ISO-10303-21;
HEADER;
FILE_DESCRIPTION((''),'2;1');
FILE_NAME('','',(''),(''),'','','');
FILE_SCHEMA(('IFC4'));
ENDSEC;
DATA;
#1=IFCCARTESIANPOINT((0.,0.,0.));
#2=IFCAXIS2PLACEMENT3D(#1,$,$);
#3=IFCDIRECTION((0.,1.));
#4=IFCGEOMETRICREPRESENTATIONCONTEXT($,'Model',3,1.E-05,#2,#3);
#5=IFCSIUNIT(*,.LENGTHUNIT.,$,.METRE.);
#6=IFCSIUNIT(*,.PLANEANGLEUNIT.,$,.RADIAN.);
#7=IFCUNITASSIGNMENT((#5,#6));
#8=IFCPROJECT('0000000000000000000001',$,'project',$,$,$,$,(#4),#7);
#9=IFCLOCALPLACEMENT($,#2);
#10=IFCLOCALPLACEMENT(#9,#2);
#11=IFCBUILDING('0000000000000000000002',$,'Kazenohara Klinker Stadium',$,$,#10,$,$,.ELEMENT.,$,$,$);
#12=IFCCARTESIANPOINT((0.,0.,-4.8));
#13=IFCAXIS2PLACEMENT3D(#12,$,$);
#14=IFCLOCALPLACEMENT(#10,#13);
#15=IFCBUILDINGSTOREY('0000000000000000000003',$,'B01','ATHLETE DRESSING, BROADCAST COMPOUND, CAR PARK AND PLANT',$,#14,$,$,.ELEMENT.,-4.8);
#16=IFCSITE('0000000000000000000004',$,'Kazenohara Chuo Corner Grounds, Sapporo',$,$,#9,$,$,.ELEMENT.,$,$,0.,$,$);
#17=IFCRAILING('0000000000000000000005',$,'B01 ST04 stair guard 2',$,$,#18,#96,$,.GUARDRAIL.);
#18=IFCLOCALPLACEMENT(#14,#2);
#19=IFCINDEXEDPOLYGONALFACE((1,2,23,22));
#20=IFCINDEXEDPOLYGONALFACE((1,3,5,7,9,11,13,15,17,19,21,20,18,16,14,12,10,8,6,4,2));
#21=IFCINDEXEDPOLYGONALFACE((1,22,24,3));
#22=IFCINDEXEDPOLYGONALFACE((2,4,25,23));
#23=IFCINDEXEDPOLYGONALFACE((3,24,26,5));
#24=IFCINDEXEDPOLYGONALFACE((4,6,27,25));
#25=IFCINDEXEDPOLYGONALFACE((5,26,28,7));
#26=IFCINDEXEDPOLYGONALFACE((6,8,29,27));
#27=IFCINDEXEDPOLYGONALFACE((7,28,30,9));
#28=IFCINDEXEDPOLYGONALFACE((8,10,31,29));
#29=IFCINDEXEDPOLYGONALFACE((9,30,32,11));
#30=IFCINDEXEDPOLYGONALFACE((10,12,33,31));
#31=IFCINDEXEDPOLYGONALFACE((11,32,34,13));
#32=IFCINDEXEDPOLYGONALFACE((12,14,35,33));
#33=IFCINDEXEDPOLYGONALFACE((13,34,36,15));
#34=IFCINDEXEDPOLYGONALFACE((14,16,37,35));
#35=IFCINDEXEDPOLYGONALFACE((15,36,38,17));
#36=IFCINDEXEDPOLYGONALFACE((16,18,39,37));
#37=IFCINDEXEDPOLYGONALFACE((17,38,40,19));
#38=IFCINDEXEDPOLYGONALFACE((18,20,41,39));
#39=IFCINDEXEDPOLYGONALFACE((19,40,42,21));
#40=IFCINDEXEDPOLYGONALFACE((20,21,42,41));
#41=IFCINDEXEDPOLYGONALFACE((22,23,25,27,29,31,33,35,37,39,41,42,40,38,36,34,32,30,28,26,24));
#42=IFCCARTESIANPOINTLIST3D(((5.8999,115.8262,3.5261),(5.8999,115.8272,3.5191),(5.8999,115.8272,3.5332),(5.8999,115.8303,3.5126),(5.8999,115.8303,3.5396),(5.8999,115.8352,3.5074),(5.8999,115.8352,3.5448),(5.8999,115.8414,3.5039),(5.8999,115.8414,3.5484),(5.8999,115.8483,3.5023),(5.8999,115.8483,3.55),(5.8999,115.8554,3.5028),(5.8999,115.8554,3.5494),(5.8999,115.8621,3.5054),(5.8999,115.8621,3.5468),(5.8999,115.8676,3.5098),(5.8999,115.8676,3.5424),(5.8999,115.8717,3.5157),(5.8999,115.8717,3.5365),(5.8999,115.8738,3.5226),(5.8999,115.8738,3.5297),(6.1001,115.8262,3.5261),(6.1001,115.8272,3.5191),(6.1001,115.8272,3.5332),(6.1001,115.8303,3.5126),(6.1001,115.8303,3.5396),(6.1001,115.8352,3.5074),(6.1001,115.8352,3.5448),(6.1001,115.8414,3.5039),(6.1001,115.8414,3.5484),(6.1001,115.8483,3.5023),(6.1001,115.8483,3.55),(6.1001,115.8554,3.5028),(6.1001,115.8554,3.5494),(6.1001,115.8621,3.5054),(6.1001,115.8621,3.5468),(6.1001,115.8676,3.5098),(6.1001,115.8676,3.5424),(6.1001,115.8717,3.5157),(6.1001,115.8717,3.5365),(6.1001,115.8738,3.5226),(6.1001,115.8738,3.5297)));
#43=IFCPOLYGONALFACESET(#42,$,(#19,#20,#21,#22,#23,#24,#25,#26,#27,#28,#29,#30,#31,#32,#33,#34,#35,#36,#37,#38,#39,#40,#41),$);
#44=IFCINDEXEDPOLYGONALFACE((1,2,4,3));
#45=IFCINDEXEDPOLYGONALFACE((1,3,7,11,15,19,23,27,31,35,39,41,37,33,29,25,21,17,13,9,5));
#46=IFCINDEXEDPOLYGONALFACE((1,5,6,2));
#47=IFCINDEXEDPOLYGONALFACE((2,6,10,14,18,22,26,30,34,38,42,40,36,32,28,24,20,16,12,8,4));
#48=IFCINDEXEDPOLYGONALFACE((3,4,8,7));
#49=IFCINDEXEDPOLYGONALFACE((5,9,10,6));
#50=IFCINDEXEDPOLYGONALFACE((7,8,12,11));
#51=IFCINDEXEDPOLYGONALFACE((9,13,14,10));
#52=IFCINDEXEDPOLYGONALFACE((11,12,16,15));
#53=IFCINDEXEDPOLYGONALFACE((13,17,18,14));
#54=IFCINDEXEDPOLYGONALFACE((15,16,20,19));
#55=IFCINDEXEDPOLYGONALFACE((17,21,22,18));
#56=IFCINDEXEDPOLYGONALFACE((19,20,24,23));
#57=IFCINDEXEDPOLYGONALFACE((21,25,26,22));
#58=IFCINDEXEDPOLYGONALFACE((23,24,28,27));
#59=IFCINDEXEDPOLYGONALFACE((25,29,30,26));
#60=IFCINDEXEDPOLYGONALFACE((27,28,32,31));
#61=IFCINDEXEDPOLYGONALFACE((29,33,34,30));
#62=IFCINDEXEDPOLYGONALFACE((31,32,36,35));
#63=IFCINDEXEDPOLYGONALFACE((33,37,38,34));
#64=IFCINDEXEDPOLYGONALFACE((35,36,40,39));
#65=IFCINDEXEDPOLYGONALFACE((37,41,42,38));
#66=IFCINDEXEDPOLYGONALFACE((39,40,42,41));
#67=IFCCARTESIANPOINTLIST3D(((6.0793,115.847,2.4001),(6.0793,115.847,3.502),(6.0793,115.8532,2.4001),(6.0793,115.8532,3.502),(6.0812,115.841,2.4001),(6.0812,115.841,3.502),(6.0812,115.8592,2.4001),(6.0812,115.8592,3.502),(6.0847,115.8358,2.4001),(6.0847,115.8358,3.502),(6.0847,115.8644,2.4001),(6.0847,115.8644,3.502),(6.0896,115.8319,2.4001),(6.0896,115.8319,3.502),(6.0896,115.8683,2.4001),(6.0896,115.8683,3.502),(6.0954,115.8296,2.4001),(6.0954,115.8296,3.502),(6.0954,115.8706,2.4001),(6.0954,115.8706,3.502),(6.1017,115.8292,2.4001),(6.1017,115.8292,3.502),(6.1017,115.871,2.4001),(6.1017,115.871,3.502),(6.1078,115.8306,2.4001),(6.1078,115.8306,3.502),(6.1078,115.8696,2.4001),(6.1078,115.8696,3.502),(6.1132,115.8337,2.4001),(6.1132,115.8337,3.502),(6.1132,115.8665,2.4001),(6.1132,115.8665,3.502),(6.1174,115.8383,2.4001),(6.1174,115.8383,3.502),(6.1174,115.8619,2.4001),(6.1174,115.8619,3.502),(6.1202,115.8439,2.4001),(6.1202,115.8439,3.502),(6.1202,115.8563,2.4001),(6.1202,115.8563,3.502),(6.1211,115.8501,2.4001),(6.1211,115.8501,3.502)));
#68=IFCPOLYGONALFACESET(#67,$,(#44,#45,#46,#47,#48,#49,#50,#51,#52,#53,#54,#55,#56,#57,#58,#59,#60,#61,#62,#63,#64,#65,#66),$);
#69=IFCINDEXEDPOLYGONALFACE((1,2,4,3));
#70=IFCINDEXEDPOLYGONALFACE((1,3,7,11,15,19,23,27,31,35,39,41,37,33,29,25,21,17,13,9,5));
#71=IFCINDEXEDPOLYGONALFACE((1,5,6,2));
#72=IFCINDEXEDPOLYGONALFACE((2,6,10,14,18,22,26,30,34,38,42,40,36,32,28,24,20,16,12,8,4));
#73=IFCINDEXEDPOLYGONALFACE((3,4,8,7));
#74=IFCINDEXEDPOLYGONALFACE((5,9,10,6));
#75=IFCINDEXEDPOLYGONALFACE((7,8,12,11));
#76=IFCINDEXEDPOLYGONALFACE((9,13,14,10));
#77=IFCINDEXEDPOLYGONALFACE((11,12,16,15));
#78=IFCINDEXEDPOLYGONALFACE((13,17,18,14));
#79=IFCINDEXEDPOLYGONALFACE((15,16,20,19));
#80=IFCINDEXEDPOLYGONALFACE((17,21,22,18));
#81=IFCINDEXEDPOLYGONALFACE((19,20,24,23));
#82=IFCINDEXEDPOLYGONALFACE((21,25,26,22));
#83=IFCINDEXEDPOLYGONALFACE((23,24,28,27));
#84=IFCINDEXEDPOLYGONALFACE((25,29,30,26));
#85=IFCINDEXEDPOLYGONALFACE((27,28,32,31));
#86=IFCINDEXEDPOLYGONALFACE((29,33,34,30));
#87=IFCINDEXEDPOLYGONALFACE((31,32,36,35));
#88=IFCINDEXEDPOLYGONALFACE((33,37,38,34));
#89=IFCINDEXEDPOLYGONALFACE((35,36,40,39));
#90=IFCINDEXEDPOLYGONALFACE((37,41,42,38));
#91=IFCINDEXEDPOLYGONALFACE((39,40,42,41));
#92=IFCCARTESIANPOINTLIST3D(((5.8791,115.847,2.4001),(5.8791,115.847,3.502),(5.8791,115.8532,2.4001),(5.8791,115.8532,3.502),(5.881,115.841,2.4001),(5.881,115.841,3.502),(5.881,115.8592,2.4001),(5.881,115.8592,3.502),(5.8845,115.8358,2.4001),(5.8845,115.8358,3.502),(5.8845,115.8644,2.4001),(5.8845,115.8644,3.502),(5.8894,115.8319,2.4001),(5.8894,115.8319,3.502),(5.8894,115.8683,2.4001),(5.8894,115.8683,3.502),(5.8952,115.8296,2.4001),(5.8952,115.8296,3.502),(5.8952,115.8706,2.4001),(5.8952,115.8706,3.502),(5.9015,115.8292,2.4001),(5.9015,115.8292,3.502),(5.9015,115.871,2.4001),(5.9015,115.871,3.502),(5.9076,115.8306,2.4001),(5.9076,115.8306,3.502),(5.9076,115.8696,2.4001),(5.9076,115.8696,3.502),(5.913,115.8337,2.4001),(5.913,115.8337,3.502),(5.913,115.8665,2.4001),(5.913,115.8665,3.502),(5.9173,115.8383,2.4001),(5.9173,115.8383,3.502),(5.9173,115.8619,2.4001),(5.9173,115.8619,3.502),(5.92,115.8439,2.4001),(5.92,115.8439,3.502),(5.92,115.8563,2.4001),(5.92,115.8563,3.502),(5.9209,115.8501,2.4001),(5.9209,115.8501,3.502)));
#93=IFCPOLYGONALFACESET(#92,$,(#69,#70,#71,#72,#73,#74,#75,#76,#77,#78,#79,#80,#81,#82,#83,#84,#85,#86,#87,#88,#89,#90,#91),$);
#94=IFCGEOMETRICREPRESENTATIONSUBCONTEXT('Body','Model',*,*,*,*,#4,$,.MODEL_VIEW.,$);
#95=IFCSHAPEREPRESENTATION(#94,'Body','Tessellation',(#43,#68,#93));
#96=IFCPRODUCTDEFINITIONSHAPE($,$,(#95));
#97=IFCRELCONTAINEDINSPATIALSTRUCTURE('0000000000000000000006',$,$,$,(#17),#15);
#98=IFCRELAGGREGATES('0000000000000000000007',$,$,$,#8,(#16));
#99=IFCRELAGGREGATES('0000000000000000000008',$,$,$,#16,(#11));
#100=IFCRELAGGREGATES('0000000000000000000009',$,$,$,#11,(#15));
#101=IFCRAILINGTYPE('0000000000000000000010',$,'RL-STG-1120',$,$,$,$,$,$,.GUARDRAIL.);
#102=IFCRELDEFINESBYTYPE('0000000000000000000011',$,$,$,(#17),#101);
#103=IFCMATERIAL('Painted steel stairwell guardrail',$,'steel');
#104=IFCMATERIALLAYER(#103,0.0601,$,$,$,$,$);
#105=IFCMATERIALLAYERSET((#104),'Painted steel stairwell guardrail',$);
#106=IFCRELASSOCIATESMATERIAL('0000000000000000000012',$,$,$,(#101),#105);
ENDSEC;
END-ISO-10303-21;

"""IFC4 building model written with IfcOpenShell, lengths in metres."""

from ifc_helpers import new_model, si_unit, direction, frame, origin, origin_2d, place, context, subcontext, project, spatial, circle, extrude, material, layer, layer_set, type_object, element, save


model = new_model("IFC4")

# Units and contexts
model_context = context("Model", 3, precision=1e-05, world=origin(), true_north=direction((0.0, 1.0)))
body_context = subcontext(model_context, "Body", "Model", "MODEL_VIEW")
ifc_project = project(units=[si_unit("LENGTHUNIT", "METRE"), si_unit("PLANEANGLEUNIT", "RADIAN")], contexts=[model_context])

# Site, building, storey
site_placement = place(None, origin())
site = spatial("IfcSite", under=ifc_project, at=site_placement, Name="Kazenohara Chuo Corner Grounds, Sapporo", CompositionType="ELEMENT", RefElevation=0.0)
building_placement = place(site_placement, origin())
building = spatial("IfcBuilding", under=site, at=building_placement, Name="Kazenohara Klinker Stadium", CompositionType="ELEMENT")
storey_placement = place(building_placement, frame((0.0, 0.0, -4.8)))
storey = spatial("IfcBuildingStorey", under=building, at=storey_placement, Name="B01", Description="ATHLETE DRESSING, BROADCAST COMPOUND, CAR PARK AND PLANT", CompositionType="ELEMENT", Elevation=-4.8)

# Railing
ifc_material_1 = material(Name="Painted steel stairwell guardrail", Category="steel")
ifc_layer_1 = layer(ifc_material_1, 0.0601)
ifc_layer_set_1 = layer_set([ifc_layer_1], Name="Painted steel stairwell guardrail")
railing_type_1 = type_object("IfcRailingType", Name="RL-STG-1120", PredefinedType="GUARDRAIL", material=ifc_layer_set_1)
railing_1_placement = place(storey_placement, frame((6.1001, 115.8501, 2.4001)))
element("IfcRailing", 1, at=railing_1_placement, inside=storey, type_object=railing_type_1, Name="B01 ST04 stair guard 2", PredefinedType="GUARDRAIL", context=body_context, shape_type="SweptSolid", body=[
    extrude(circle(Radius=0.0239, at=origin_2d()), frame((0.0, 0.0, 1.126), z_axis=(-1.0, 0.0, 0.0), x_axis=(0.0, -1.0, 0.0)), (0.0, 0.0, 1.0), 0.2002),
    extrude(circle(Radius=0.021, at=origin_2d()), origin(), (0.0, 0.0, 1.0), 1.1018),
    extrude(circle(Radius=0.021, at=origin_2d()), frame((-0.2002, 0.0, 0.0)), (0.0, 0.0, 1.0), 1.1018),
])

save(model, "model.ifc")
